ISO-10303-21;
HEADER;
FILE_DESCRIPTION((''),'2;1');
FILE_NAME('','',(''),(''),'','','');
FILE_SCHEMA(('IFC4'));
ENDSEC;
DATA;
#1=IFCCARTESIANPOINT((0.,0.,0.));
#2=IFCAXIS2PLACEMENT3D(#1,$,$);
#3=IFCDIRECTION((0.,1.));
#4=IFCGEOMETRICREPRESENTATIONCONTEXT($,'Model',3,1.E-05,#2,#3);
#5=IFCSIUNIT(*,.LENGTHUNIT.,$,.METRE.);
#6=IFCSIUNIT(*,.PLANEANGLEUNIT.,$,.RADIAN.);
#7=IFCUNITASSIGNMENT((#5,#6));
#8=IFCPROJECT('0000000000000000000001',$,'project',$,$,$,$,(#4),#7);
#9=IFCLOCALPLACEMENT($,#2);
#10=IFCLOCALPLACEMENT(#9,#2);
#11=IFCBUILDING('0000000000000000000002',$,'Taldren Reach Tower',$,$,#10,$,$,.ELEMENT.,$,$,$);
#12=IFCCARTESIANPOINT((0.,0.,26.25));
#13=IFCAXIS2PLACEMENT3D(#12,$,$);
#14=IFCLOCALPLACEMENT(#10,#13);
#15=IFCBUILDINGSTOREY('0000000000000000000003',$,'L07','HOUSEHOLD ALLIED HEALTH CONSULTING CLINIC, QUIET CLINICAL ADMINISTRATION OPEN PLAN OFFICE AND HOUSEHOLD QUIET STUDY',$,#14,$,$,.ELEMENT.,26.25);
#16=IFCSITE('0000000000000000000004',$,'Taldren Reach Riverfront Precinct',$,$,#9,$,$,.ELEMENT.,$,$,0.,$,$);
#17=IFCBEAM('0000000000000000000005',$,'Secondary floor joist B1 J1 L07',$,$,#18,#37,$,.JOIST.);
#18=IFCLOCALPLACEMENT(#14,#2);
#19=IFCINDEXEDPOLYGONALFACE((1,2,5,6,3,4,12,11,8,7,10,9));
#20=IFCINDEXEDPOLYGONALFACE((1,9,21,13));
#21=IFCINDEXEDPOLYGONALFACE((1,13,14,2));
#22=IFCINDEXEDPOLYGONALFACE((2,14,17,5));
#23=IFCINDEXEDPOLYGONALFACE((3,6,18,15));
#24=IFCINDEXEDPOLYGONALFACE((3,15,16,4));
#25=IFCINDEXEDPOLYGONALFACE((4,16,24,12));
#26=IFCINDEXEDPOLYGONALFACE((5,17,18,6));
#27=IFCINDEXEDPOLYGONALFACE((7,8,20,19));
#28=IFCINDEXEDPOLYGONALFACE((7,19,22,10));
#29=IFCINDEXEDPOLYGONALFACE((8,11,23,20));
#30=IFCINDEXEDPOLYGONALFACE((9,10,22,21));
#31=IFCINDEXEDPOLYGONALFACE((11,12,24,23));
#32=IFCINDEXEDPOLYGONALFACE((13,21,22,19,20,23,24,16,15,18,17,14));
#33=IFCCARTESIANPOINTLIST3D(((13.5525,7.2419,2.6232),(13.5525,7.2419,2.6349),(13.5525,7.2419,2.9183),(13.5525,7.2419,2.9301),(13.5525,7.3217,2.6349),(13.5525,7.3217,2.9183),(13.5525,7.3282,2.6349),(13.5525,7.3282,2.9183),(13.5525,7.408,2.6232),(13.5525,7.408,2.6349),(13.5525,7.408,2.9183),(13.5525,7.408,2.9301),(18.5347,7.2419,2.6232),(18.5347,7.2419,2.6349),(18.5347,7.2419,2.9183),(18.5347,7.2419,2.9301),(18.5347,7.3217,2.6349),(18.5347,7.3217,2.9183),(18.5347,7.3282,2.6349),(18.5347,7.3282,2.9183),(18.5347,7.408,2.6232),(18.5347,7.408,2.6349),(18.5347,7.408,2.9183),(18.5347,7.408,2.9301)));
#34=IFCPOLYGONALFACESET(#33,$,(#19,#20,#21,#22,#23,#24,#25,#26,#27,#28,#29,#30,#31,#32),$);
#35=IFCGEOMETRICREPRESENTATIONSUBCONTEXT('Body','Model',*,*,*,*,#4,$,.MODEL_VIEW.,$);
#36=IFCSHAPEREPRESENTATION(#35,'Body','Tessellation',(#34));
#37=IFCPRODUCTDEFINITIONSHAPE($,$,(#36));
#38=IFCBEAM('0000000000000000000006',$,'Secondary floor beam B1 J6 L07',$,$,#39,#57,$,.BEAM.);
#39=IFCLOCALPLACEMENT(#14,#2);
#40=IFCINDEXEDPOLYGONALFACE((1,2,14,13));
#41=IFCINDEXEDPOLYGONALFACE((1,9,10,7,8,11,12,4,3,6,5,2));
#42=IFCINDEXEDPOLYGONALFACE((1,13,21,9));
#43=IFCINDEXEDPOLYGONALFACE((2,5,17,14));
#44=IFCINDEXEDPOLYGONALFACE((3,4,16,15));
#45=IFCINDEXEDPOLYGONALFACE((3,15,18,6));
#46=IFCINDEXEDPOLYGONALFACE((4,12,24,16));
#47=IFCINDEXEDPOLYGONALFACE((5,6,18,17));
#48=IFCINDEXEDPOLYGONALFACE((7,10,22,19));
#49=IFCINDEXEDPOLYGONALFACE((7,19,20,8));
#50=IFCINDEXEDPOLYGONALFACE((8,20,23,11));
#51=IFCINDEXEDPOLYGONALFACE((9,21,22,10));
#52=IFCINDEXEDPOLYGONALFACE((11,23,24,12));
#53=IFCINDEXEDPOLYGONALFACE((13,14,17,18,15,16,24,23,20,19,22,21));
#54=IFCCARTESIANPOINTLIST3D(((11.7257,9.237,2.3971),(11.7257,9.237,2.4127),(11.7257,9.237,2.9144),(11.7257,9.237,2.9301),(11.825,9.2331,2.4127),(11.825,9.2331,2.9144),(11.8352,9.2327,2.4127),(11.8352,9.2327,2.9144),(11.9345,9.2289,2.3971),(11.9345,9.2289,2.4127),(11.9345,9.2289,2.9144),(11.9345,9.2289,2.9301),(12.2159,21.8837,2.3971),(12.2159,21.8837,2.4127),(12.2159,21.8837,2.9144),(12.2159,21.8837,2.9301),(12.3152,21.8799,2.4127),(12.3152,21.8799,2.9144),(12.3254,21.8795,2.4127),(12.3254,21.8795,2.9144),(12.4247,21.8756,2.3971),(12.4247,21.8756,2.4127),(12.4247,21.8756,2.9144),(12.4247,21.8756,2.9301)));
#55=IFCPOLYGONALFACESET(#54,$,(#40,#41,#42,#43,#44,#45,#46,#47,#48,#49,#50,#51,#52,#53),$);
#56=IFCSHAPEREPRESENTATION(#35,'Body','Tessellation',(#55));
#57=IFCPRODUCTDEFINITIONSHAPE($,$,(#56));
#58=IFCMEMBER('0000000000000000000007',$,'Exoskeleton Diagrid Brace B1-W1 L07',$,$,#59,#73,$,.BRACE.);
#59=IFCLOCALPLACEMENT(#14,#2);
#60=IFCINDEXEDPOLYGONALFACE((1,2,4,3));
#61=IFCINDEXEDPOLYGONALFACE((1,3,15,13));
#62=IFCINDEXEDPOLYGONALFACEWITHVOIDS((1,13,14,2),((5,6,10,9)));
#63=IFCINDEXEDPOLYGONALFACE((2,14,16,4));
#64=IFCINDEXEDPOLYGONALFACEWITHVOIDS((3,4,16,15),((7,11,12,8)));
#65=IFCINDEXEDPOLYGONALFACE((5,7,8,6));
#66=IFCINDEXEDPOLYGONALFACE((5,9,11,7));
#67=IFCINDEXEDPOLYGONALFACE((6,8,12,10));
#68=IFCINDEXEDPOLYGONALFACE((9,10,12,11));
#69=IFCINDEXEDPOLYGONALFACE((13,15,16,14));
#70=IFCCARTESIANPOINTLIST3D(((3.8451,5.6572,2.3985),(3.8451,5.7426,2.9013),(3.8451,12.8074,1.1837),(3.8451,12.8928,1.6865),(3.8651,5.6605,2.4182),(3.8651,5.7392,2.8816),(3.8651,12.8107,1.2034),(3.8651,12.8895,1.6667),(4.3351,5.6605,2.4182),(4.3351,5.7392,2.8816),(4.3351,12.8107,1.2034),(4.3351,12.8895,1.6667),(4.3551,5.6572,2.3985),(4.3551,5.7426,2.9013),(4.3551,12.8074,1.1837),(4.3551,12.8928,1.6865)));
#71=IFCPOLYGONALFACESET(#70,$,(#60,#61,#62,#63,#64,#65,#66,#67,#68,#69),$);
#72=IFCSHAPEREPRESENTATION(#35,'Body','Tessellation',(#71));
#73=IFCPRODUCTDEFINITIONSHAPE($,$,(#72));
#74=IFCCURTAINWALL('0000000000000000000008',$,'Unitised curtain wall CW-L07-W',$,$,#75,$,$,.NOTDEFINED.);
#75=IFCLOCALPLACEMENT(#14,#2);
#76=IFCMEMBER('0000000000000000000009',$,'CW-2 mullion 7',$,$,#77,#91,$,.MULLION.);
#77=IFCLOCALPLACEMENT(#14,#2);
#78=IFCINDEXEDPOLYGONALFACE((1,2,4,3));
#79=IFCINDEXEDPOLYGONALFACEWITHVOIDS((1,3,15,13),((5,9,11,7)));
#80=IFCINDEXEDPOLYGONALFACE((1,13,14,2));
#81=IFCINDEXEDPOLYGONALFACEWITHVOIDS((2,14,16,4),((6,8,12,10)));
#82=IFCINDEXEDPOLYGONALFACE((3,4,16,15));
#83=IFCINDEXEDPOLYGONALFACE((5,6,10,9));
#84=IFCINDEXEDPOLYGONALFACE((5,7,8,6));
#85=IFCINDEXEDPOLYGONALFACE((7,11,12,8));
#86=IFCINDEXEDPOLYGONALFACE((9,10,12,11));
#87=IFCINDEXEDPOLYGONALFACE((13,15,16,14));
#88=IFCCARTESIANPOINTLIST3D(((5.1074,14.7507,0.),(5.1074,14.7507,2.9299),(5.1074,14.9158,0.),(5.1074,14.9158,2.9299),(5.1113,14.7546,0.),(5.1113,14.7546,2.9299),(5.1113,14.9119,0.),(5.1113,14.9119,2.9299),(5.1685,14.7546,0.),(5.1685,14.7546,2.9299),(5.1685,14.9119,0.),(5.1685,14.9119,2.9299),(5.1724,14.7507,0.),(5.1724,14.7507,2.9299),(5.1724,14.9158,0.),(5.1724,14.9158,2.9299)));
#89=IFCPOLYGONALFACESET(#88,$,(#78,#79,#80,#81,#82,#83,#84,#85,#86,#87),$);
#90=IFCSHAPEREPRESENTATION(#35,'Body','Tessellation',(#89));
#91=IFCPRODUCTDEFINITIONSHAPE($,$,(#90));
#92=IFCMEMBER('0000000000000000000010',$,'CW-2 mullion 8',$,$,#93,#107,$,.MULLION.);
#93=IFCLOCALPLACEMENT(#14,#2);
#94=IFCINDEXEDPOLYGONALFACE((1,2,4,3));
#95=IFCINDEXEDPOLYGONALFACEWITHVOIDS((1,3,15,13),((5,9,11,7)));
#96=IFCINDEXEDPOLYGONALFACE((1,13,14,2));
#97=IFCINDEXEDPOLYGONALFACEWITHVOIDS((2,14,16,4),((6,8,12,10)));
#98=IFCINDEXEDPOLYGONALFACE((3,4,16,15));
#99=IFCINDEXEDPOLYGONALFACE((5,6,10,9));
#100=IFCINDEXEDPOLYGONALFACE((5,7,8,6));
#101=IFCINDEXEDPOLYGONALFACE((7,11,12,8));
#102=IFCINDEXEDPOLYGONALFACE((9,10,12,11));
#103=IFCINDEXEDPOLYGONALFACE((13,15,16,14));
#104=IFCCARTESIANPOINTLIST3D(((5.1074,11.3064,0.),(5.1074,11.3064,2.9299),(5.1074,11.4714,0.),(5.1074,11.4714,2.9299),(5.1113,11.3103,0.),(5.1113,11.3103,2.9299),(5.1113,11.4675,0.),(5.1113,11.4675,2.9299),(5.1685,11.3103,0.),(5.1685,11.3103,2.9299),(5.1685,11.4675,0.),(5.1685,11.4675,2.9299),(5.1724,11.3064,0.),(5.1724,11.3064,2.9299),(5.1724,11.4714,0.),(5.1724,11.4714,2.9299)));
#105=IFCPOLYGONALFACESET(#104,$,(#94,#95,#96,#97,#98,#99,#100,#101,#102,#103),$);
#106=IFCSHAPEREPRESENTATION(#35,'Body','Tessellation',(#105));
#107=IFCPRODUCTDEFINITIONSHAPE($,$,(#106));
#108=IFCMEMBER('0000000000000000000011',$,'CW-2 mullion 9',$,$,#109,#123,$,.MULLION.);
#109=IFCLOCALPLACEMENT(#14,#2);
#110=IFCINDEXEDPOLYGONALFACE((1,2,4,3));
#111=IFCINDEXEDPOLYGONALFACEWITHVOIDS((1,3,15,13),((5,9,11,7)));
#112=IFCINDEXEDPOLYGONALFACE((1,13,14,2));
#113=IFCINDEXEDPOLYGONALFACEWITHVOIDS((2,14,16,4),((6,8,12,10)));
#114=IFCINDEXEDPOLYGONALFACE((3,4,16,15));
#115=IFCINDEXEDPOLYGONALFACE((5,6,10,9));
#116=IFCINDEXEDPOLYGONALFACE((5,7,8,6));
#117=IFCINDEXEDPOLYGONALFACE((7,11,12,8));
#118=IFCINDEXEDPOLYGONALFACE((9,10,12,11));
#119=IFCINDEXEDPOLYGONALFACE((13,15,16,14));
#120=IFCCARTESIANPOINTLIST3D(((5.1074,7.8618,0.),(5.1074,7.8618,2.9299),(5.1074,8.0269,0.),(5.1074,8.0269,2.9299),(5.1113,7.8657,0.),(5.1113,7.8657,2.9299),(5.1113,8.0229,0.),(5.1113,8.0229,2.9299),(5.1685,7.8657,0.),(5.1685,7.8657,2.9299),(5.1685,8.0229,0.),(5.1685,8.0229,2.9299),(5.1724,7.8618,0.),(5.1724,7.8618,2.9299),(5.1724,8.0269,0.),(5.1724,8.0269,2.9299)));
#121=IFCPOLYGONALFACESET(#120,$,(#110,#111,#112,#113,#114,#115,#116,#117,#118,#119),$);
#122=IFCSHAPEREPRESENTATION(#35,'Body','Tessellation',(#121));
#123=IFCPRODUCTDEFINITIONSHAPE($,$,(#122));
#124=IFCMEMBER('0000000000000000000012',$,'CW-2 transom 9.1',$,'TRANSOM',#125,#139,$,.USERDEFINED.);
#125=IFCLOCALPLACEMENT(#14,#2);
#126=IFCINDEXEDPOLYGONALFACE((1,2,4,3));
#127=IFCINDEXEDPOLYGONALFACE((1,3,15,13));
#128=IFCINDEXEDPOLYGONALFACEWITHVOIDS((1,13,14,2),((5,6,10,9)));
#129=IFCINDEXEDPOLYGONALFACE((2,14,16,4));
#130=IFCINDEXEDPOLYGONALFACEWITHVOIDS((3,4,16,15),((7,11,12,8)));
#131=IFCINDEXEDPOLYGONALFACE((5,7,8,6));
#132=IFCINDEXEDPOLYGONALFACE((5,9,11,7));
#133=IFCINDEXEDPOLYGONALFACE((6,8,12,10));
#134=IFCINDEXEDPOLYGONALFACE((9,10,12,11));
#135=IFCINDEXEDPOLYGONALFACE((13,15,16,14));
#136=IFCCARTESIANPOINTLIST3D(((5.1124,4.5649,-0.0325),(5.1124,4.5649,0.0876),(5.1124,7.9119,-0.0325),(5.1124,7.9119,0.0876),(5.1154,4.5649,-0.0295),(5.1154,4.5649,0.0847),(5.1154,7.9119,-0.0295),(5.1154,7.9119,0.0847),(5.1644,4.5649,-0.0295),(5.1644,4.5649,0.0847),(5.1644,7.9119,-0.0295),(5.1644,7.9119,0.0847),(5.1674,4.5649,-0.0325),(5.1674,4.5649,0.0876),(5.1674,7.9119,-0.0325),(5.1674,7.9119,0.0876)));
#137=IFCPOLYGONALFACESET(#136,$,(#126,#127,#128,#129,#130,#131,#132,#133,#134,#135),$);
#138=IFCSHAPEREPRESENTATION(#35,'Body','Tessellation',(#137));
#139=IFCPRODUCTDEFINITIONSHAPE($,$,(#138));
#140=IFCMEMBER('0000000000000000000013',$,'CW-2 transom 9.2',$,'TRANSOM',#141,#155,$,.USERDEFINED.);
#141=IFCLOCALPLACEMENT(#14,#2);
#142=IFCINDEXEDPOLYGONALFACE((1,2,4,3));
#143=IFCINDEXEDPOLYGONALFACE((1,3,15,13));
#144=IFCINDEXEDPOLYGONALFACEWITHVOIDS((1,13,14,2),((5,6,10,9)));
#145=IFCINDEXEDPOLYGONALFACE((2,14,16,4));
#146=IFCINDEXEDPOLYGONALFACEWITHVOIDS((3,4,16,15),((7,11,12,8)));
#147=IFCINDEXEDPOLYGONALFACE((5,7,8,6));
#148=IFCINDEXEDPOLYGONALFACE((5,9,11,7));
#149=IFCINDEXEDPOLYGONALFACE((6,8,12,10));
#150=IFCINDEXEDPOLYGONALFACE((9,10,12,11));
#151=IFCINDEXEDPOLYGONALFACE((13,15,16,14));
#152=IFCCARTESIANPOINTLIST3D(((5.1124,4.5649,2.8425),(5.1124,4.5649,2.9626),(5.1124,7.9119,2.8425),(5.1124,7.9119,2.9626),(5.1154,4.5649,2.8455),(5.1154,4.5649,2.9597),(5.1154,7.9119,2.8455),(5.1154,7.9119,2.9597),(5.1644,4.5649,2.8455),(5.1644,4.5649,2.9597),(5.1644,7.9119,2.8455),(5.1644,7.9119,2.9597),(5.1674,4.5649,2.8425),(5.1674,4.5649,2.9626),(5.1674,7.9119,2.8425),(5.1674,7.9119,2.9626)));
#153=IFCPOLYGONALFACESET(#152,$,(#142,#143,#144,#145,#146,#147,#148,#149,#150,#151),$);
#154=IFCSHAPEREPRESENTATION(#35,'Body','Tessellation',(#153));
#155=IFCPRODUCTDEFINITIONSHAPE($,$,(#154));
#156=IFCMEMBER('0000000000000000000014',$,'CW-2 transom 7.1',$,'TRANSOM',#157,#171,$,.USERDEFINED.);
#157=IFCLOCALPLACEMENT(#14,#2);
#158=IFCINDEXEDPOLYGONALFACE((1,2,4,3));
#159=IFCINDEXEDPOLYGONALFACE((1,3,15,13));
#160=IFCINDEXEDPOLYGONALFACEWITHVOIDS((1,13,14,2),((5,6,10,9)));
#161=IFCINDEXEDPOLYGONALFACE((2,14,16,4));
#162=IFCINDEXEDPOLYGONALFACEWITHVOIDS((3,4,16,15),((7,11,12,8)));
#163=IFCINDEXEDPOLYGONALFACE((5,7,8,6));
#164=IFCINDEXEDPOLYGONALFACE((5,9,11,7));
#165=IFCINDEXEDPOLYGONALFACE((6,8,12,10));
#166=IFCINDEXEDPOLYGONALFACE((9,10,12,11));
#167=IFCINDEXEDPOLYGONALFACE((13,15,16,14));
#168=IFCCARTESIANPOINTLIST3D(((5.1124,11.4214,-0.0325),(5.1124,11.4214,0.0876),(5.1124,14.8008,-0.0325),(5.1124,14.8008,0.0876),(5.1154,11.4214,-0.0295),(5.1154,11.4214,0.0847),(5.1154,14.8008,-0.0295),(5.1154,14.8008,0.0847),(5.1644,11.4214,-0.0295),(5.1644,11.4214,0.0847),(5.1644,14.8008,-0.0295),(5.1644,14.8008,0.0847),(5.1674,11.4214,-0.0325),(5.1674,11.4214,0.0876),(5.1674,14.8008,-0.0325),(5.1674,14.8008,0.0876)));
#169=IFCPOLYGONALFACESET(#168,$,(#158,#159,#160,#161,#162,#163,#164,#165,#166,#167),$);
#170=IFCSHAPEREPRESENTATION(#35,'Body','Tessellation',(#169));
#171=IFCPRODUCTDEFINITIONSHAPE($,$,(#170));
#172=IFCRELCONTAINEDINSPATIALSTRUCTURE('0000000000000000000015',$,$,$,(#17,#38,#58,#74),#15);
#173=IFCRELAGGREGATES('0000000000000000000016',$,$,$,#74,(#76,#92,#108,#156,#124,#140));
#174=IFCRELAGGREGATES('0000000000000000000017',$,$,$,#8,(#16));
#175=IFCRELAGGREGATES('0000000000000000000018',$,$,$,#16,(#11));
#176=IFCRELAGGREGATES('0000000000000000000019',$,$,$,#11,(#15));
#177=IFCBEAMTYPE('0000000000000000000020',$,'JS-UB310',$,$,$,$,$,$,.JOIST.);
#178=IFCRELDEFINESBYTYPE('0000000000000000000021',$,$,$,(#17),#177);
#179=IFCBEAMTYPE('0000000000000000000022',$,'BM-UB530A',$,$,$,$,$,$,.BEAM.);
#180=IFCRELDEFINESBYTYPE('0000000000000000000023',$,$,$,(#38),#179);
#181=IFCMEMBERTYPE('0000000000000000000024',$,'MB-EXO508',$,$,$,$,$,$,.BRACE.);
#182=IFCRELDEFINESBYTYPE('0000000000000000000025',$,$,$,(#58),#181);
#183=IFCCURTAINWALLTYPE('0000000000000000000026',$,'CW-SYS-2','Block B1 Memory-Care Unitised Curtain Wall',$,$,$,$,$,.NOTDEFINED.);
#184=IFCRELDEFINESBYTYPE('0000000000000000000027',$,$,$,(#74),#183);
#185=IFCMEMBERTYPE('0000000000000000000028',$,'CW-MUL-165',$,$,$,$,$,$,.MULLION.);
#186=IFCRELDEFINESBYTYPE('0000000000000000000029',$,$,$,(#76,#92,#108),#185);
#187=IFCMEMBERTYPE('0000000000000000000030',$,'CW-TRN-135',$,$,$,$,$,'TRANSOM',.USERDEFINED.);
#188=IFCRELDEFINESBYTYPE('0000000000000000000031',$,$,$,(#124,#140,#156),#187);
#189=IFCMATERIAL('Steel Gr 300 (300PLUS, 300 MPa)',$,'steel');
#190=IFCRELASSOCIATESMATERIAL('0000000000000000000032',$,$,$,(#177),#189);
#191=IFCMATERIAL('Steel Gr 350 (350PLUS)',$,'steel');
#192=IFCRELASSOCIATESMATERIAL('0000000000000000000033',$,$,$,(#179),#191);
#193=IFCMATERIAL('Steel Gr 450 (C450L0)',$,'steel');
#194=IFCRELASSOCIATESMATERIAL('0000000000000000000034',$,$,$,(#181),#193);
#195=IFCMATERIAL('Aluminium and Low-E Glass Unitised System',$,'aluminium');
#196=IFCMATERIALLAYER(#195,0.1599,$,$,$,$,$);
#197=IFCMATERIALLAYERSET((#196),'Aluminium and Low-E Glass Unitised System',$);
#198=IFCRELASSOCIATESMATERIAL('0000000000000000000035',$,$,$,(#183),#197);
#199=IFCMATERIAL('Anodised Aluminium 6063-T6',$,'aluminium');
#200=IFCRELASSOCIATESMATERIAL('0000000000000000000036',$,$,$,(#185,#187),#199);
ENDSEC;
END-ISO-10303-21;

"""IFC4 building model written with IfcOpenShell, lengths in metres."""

from ifc_helpers import new_model, si_unit, direction, frame, origin, origin_2d, place, context, subcontext, project, spatial, hollow_rectangle, i_section, extrude, source, transform, mapped, material, layer, layer_set, material_profile, profile_set, type_object, element, aggregate, save


model = new_model("IFC4")

# Units and contexts
model_context = context("Model", 3, precision=1e-05, world=origin(), true_north=direction((0.0, 1.0)))
body_context = subcontext(model_context, "Body", "Model", "MODEL_VIEW")
ifc_project = project(units=[si_unit("LENGTHUNIT", "METRE"), si_unit("PLANEANGLEUNIT", "RADIAN")], contexts=[model_context])

# Site, building, storey
site_placement = place(None, origin())
site = spatial("IfcSite", under=ifc_project, at=site_placement, Name="Taldren Reach Riverfront Precinct", CompositionType="ELEMENT", RefElevation=0.0)
building_placement = place(site_placement, origin())
building = spatial("IfcBuilding", under=site, at=building_placement, Name="Taldren Reach Tower", CompositionType="ELEMENT")
storey_placement = place(building_placement, frame((0.0, 0.0, 26.25)))
storey = spatial("IfcBuildingStorey", under=building, at=storey_placement, Name="L07", Description="HOUSEHOLD ALLIED HEALTH CONSULTING CLINIC, QUIET CLINICAL ADMINISTRATION OPEN PLAN OFFICE AND HOUSEHOLD QUIET STUDY", CompositionType="ELEMENT", Elevation=26.25)

# Beams
ifc_material_1 = material(Name="Steel Gr 300 (300PLUS, 300 MPa)", Category="steel")
ifc_material_profile_1 = material_profile(ifc_material_1, i_section(OverallWidth=0.166, OverallDepth=0.3069, WebThickness=0.0066, FlangeThickness=0.0117, at=origin_2d()), Name="310UB46.2")
ifc_profile_set_1 = profile_set([ifc_material_profile_1], Name="Steel Gr 300 (300PLUS, 300 MPa)")
beam_type_1 = type_object("IfcBeamType", Name="JS-UB310", PredefinedType="JOIST", material=ifc_profile_set_1)
shared_shape_1 = source(origin(), body_context, "Body", "SweptSolid", [
    extrude(i_section(OverallWidth=0.166, OverallDepth=0.3069, WebThickness=0.0066, FlangeThickness=0.0117, at=origin_2d()), origin(), (0.0, 0.0, 1.0), 4.9822),
])
beam_1_placement = place(storey_placement, frame((13.5525, 7.325, 2.7766), z_axis=(1.0, 0.0, 0.0), x_axis=(0.0, 1.0, 0.0)))
element("IfcBeam", 1, at=beam_1_placement, inside=storey, type_object=beam_type_1, Name="Secondary floor joist B1 J1 L07", PredefinedType="JOIST", context=body_context, shape_type="MappedRepresentation", body=[
    mapped(shared_shape_1, transform((0.0, 0.0, 0.0), scale=1.0)),
])
ifc_material_2 = material(Name="Steel Gr 350 (350PLUS)", Category="steel")
ifc_material_profile_2 = material_profile(ifc_material_2, i_section(OverallWidth=0.209, OverallDepth=0.533, WebThickness=0.0103, FlangeThickness=0.0156, at=origin_2d()), Name="530UB92.4")
ifc_profile_set_2 = profile_set([ifc_material_profile_2], Name="Steel Gr 350 (350PLUS)")
beam_type_2 = type_object("IfcBeamType", Name="BM-UB530A", PredefinedType="BEAM", material=ifc_profile_set_2)
shared_shape_2 = source(origin(), body_context, "Body", "SweptSolid", [
    extrude(i_section(OverallWidth=0.209, OverallDepth=0.533, WebThickness=0.0103, FlangeThickness=0.0156, at=origin_2d()), origin(), (0.0, 0.0, 1.0), 12.6562),
])
beam_2_placement = place(storey_placement, frame((11.8301, 9.2329, 2.6636), z_axis=(0.038735, 0.99925, 0.0), x_axis=(-0.99925, 0.038735, 0.0)))
element("IfcBeam", 2, at=beam_2_placement, inside=storey, type_object=beam_type_2, Name="Secondary floor beam B1 J6 L07", PredefinedType="BEAM", context=body_context, shape_type="MappedRepresentation", body=[
    mapped(shared_shape_2, transform((0.0, 0.0, 0.0), scale=1.0)),
])

# Member
ifc_material_3 = material(Name="Steel Gr 450 (C450L0)", Category="steel")
ifc_material_profile_3 = material_profile(ifc_material_3, hollow_rectangle(XDim=0.51, YDim=0.51, WallThickness=0.02, at=origin_2d()), Name="510x510x20.0SHS")
ifc_profile_set_3 = profile_set([ifc_material_profile_3], Name="Steel Gr 450 (C450L0)")
member_type_1 = type_object("IfcMemberType", Name="MB-EXO508", PredefinedType="BRACE", material=ifc_profile_set_3)
shared_shape_3 = source(origin(), body_context, "Body", "SweptSolid", [
    extrude(hollow_rectangle(XDim=0.51, YDim=0.51, WallThickness=0.02, at=origin_2d()), origin(), (0.0, 0.0, 1.0), 7.2527),
])
member_1_placement = place(storey_placement, frame((4.1001, 12.8501, 1.4351), z_axis=(0.0, -0.985871, 0.167504), x_axis=(1.0, 0.0, 0.0)))
element("IfcMember", 3, at=member_1_placement, inside=storey, type_object=member_type_1, Name="Exoskeleton Diagrid Brace B1-W1 L07", PredefinedType="BRACE", context=body_context, shape_type="MappedRepresentation", body=[
    mapped(shared_shape_3, transform((0.0, 0.0, 0.0), scale=1.0)),
])

# Curtain wall, members
ifc_material_4 = material(Name="Aluminium and Low-E Glass Unitised System", Category="aluminium")
ifc_layer_1 = layer(ifc_material_4, 0.1599)
ifc_layer_set_1 = layer_set([ifc_layer_1], Name="Aluminium and Low-E Glass Unitised System")
curtain_wall_type = type_object("IfcCurtainWallType", Name="CW-SYS-2", Description="Block B1 Memory-Care Unitised Curtain Wall", PredefinedType="NOTDEFINED", material=ifc_layer_set_1)
curtain_wall_placement = place(storey_placement, origin())
curtain_wall = element("IfcCurtainWall", 4, at=curtain_wall_placement, inside=storey, type_object=curtain_wall_type, Name="Unitised curtain wall CW-L07-W", PredefinedType="NOTDEFINED")
ifc_material_5 = material(Name="Anodised Aluminium 6063-T6", Category="aluminium")
ifc_material_profile_4 = material_profile(ifc_material_5, hollow_rectangle(XDim=0.0649, YDim=0.165, WallThickness=0.0039, at=origin_2d()), Name="ALU-165x65x4RHS")
ifc_profile_set_4 = profile_set([ifc_material_profile_4], Name="Anodised Aluminium 6063-T6")
member_type_2 = type_object("IfcMemberType", Name="CW-MUL-165", PredefinedType="MULLION", material=ifc_profile_set_4)
shared_shape_4 = source(origin(), body_context, "Body", "SweptSolid", [
    extrude(hollow_rectangle(XDim=0.0649, YDim=0.165, WallThickness=0.0039, at=origin_2d()), origin(), (0.0, 0.0, 1.0), 2.9299),
])
member_2_placement = place(storey_placement, frame((5.1399, 14.8333, 0.0), z_axis=(0.0, 0.0, 1.0), x_axis=(1.0, 0.0, 0.0)))
member_2 = element("IfcMember", 5, at=member_2_placement, type_object=member_type_2, Name="CW-2 mullion 7", PredefinedType="MULLION", context=body_context, shape_type="MappedRepresentation", body=[
    mapped(shared_shape_4, transform((0.0, 0.0, 0.0), scale=1.0)),
])
member_3_placement = place(storey_placement, frame((5.1399, 11.3889, 0.0), z_axis=(0.0, 0.0, 1.0), x_axis=(1.0, 0.0, 0.0)))
member_3 = element("IfcMember", 6, at=member_3_placement, type_object=member_type_2, Name="CW-2 mullion 8", PredefinedType="MULLION", context=body_context, shape_type="MappedRepresentation", body=[
    mapped(shared_shape_4, transform((0.0, 0.0, 0.0), scale=1.0)),
])
member_4_placement = place(storey_placement, frame((5.1399, 7.9443, 0.0), z_axis=(0.0, 0.0, 1.0), x_axis=(1.0, 0.0, 0.0)))
member_4 = element("IfcMember", 7, at=member_4_placement, type_object=member_type_2, Name="CW-2 mullion 9", PredefinedType="MULLION", context=body_context, shape_type="MappedRepresentation", body=[
    mapped(shared_shape_4, transform((0.0, 0.0, 0.0), scale=1.0)),
])
ifc_material_profile_5 = material_profile(ifc_material_5, hollow_rectangle(XDim=0.0549, YDim=0.1201, WallThickness=0.0029, at=origin_2d()), Name="ALU-120x55x3RHS")
ifc_profile_set_5 = profile_set([ifc_material_profile_5], Name="Anodised Aluminium 6063-T6")
member_type_3 = type_object("IfcMemberType", Name="CW-TRN-135", ElementType="TRANSOM", PredefinedType="USERDEFINED", material=ifc_profile_set_5)
shared_shape_5 = source(origin(), body_context, "Body", "SweptSolid", [
    extrude(hollow_rectangle(XDim=0.0549, YDim=0.1201, WallThickness=0.0029, at=origin_2d()), origin(), (0.0, 0.0, 1.0), 3.3469),
])
member_5_placement = place(storey_placement, frame((5.1399, 7.9119, 0.0276), z_axis=(0.0, -1.0, 0.0), x_axis=(1.0, 0.0, 0.0)))
member_5 = element("IfcMember", 8, at=member_5_placement, type_object=member_type_3, Name="CW-2 transom 9.1", ObjectType="TRANSOM", PredefinedType="USERDEFINED", context=body_context, shape_type="MappedRepresentation", body=[
    mapped(shared_shape_5, transform((0.0, 0.0, 0.0), scale=1.0)),
])
member_6_placement = place(storey_placement, frame((5.1399, 7.9119, 2.9026), z_axis=(0.0, -1.0, 0.0), x_axis=(1.0, 0.0, 0.0)))
member_6 = element("IfcMember", 9, at=member_6_placement, type_object=member_type_3, Name="CW-2 transom 9.2", ObjectType="TRANSOM", PredefinedType="USERDEFINED", context=body_context, shape_type="MappedRepresentation", body=[
    mapped(shared_shape_5, transform((0.0, 0.0, 0.0), scale=1.0)),
])
shared_shape_6 = source(origin(), body_context, "Body", "SweptSolid", [
    extrude(hollow_rectangle(XDim=0.0549, YDim=0.1201, WallThickness=0.0029, at=origin_2d()), origin(), (0.0, 0.0, 1.0), 3.3794),
])
member_7_placement = place(storey_placement, frame((5.1399, 14.8008, 0.0276), z_axis=(0.0, -1.0, 0.0), x_axis=(1.0, 0.0, 0.0)))
member_7 = element("IfcMember", 10, at=member_7_placement, type_object=member_type_3, Name="CW-2 transom 7.1", ObjectType="TRANSOM", PredefinedType="USERDEFINED", context=body_context, shape_type="MappedRepresentation", body=[
    mapped(shared_shape_6, transform((0.0, 0.0, 0.0), scale=1.0)),
])
aggregate(curtain_wall, [member_2, member_3, member_4, member_7, member_5, member_6])

save(model, "model.ifc")
